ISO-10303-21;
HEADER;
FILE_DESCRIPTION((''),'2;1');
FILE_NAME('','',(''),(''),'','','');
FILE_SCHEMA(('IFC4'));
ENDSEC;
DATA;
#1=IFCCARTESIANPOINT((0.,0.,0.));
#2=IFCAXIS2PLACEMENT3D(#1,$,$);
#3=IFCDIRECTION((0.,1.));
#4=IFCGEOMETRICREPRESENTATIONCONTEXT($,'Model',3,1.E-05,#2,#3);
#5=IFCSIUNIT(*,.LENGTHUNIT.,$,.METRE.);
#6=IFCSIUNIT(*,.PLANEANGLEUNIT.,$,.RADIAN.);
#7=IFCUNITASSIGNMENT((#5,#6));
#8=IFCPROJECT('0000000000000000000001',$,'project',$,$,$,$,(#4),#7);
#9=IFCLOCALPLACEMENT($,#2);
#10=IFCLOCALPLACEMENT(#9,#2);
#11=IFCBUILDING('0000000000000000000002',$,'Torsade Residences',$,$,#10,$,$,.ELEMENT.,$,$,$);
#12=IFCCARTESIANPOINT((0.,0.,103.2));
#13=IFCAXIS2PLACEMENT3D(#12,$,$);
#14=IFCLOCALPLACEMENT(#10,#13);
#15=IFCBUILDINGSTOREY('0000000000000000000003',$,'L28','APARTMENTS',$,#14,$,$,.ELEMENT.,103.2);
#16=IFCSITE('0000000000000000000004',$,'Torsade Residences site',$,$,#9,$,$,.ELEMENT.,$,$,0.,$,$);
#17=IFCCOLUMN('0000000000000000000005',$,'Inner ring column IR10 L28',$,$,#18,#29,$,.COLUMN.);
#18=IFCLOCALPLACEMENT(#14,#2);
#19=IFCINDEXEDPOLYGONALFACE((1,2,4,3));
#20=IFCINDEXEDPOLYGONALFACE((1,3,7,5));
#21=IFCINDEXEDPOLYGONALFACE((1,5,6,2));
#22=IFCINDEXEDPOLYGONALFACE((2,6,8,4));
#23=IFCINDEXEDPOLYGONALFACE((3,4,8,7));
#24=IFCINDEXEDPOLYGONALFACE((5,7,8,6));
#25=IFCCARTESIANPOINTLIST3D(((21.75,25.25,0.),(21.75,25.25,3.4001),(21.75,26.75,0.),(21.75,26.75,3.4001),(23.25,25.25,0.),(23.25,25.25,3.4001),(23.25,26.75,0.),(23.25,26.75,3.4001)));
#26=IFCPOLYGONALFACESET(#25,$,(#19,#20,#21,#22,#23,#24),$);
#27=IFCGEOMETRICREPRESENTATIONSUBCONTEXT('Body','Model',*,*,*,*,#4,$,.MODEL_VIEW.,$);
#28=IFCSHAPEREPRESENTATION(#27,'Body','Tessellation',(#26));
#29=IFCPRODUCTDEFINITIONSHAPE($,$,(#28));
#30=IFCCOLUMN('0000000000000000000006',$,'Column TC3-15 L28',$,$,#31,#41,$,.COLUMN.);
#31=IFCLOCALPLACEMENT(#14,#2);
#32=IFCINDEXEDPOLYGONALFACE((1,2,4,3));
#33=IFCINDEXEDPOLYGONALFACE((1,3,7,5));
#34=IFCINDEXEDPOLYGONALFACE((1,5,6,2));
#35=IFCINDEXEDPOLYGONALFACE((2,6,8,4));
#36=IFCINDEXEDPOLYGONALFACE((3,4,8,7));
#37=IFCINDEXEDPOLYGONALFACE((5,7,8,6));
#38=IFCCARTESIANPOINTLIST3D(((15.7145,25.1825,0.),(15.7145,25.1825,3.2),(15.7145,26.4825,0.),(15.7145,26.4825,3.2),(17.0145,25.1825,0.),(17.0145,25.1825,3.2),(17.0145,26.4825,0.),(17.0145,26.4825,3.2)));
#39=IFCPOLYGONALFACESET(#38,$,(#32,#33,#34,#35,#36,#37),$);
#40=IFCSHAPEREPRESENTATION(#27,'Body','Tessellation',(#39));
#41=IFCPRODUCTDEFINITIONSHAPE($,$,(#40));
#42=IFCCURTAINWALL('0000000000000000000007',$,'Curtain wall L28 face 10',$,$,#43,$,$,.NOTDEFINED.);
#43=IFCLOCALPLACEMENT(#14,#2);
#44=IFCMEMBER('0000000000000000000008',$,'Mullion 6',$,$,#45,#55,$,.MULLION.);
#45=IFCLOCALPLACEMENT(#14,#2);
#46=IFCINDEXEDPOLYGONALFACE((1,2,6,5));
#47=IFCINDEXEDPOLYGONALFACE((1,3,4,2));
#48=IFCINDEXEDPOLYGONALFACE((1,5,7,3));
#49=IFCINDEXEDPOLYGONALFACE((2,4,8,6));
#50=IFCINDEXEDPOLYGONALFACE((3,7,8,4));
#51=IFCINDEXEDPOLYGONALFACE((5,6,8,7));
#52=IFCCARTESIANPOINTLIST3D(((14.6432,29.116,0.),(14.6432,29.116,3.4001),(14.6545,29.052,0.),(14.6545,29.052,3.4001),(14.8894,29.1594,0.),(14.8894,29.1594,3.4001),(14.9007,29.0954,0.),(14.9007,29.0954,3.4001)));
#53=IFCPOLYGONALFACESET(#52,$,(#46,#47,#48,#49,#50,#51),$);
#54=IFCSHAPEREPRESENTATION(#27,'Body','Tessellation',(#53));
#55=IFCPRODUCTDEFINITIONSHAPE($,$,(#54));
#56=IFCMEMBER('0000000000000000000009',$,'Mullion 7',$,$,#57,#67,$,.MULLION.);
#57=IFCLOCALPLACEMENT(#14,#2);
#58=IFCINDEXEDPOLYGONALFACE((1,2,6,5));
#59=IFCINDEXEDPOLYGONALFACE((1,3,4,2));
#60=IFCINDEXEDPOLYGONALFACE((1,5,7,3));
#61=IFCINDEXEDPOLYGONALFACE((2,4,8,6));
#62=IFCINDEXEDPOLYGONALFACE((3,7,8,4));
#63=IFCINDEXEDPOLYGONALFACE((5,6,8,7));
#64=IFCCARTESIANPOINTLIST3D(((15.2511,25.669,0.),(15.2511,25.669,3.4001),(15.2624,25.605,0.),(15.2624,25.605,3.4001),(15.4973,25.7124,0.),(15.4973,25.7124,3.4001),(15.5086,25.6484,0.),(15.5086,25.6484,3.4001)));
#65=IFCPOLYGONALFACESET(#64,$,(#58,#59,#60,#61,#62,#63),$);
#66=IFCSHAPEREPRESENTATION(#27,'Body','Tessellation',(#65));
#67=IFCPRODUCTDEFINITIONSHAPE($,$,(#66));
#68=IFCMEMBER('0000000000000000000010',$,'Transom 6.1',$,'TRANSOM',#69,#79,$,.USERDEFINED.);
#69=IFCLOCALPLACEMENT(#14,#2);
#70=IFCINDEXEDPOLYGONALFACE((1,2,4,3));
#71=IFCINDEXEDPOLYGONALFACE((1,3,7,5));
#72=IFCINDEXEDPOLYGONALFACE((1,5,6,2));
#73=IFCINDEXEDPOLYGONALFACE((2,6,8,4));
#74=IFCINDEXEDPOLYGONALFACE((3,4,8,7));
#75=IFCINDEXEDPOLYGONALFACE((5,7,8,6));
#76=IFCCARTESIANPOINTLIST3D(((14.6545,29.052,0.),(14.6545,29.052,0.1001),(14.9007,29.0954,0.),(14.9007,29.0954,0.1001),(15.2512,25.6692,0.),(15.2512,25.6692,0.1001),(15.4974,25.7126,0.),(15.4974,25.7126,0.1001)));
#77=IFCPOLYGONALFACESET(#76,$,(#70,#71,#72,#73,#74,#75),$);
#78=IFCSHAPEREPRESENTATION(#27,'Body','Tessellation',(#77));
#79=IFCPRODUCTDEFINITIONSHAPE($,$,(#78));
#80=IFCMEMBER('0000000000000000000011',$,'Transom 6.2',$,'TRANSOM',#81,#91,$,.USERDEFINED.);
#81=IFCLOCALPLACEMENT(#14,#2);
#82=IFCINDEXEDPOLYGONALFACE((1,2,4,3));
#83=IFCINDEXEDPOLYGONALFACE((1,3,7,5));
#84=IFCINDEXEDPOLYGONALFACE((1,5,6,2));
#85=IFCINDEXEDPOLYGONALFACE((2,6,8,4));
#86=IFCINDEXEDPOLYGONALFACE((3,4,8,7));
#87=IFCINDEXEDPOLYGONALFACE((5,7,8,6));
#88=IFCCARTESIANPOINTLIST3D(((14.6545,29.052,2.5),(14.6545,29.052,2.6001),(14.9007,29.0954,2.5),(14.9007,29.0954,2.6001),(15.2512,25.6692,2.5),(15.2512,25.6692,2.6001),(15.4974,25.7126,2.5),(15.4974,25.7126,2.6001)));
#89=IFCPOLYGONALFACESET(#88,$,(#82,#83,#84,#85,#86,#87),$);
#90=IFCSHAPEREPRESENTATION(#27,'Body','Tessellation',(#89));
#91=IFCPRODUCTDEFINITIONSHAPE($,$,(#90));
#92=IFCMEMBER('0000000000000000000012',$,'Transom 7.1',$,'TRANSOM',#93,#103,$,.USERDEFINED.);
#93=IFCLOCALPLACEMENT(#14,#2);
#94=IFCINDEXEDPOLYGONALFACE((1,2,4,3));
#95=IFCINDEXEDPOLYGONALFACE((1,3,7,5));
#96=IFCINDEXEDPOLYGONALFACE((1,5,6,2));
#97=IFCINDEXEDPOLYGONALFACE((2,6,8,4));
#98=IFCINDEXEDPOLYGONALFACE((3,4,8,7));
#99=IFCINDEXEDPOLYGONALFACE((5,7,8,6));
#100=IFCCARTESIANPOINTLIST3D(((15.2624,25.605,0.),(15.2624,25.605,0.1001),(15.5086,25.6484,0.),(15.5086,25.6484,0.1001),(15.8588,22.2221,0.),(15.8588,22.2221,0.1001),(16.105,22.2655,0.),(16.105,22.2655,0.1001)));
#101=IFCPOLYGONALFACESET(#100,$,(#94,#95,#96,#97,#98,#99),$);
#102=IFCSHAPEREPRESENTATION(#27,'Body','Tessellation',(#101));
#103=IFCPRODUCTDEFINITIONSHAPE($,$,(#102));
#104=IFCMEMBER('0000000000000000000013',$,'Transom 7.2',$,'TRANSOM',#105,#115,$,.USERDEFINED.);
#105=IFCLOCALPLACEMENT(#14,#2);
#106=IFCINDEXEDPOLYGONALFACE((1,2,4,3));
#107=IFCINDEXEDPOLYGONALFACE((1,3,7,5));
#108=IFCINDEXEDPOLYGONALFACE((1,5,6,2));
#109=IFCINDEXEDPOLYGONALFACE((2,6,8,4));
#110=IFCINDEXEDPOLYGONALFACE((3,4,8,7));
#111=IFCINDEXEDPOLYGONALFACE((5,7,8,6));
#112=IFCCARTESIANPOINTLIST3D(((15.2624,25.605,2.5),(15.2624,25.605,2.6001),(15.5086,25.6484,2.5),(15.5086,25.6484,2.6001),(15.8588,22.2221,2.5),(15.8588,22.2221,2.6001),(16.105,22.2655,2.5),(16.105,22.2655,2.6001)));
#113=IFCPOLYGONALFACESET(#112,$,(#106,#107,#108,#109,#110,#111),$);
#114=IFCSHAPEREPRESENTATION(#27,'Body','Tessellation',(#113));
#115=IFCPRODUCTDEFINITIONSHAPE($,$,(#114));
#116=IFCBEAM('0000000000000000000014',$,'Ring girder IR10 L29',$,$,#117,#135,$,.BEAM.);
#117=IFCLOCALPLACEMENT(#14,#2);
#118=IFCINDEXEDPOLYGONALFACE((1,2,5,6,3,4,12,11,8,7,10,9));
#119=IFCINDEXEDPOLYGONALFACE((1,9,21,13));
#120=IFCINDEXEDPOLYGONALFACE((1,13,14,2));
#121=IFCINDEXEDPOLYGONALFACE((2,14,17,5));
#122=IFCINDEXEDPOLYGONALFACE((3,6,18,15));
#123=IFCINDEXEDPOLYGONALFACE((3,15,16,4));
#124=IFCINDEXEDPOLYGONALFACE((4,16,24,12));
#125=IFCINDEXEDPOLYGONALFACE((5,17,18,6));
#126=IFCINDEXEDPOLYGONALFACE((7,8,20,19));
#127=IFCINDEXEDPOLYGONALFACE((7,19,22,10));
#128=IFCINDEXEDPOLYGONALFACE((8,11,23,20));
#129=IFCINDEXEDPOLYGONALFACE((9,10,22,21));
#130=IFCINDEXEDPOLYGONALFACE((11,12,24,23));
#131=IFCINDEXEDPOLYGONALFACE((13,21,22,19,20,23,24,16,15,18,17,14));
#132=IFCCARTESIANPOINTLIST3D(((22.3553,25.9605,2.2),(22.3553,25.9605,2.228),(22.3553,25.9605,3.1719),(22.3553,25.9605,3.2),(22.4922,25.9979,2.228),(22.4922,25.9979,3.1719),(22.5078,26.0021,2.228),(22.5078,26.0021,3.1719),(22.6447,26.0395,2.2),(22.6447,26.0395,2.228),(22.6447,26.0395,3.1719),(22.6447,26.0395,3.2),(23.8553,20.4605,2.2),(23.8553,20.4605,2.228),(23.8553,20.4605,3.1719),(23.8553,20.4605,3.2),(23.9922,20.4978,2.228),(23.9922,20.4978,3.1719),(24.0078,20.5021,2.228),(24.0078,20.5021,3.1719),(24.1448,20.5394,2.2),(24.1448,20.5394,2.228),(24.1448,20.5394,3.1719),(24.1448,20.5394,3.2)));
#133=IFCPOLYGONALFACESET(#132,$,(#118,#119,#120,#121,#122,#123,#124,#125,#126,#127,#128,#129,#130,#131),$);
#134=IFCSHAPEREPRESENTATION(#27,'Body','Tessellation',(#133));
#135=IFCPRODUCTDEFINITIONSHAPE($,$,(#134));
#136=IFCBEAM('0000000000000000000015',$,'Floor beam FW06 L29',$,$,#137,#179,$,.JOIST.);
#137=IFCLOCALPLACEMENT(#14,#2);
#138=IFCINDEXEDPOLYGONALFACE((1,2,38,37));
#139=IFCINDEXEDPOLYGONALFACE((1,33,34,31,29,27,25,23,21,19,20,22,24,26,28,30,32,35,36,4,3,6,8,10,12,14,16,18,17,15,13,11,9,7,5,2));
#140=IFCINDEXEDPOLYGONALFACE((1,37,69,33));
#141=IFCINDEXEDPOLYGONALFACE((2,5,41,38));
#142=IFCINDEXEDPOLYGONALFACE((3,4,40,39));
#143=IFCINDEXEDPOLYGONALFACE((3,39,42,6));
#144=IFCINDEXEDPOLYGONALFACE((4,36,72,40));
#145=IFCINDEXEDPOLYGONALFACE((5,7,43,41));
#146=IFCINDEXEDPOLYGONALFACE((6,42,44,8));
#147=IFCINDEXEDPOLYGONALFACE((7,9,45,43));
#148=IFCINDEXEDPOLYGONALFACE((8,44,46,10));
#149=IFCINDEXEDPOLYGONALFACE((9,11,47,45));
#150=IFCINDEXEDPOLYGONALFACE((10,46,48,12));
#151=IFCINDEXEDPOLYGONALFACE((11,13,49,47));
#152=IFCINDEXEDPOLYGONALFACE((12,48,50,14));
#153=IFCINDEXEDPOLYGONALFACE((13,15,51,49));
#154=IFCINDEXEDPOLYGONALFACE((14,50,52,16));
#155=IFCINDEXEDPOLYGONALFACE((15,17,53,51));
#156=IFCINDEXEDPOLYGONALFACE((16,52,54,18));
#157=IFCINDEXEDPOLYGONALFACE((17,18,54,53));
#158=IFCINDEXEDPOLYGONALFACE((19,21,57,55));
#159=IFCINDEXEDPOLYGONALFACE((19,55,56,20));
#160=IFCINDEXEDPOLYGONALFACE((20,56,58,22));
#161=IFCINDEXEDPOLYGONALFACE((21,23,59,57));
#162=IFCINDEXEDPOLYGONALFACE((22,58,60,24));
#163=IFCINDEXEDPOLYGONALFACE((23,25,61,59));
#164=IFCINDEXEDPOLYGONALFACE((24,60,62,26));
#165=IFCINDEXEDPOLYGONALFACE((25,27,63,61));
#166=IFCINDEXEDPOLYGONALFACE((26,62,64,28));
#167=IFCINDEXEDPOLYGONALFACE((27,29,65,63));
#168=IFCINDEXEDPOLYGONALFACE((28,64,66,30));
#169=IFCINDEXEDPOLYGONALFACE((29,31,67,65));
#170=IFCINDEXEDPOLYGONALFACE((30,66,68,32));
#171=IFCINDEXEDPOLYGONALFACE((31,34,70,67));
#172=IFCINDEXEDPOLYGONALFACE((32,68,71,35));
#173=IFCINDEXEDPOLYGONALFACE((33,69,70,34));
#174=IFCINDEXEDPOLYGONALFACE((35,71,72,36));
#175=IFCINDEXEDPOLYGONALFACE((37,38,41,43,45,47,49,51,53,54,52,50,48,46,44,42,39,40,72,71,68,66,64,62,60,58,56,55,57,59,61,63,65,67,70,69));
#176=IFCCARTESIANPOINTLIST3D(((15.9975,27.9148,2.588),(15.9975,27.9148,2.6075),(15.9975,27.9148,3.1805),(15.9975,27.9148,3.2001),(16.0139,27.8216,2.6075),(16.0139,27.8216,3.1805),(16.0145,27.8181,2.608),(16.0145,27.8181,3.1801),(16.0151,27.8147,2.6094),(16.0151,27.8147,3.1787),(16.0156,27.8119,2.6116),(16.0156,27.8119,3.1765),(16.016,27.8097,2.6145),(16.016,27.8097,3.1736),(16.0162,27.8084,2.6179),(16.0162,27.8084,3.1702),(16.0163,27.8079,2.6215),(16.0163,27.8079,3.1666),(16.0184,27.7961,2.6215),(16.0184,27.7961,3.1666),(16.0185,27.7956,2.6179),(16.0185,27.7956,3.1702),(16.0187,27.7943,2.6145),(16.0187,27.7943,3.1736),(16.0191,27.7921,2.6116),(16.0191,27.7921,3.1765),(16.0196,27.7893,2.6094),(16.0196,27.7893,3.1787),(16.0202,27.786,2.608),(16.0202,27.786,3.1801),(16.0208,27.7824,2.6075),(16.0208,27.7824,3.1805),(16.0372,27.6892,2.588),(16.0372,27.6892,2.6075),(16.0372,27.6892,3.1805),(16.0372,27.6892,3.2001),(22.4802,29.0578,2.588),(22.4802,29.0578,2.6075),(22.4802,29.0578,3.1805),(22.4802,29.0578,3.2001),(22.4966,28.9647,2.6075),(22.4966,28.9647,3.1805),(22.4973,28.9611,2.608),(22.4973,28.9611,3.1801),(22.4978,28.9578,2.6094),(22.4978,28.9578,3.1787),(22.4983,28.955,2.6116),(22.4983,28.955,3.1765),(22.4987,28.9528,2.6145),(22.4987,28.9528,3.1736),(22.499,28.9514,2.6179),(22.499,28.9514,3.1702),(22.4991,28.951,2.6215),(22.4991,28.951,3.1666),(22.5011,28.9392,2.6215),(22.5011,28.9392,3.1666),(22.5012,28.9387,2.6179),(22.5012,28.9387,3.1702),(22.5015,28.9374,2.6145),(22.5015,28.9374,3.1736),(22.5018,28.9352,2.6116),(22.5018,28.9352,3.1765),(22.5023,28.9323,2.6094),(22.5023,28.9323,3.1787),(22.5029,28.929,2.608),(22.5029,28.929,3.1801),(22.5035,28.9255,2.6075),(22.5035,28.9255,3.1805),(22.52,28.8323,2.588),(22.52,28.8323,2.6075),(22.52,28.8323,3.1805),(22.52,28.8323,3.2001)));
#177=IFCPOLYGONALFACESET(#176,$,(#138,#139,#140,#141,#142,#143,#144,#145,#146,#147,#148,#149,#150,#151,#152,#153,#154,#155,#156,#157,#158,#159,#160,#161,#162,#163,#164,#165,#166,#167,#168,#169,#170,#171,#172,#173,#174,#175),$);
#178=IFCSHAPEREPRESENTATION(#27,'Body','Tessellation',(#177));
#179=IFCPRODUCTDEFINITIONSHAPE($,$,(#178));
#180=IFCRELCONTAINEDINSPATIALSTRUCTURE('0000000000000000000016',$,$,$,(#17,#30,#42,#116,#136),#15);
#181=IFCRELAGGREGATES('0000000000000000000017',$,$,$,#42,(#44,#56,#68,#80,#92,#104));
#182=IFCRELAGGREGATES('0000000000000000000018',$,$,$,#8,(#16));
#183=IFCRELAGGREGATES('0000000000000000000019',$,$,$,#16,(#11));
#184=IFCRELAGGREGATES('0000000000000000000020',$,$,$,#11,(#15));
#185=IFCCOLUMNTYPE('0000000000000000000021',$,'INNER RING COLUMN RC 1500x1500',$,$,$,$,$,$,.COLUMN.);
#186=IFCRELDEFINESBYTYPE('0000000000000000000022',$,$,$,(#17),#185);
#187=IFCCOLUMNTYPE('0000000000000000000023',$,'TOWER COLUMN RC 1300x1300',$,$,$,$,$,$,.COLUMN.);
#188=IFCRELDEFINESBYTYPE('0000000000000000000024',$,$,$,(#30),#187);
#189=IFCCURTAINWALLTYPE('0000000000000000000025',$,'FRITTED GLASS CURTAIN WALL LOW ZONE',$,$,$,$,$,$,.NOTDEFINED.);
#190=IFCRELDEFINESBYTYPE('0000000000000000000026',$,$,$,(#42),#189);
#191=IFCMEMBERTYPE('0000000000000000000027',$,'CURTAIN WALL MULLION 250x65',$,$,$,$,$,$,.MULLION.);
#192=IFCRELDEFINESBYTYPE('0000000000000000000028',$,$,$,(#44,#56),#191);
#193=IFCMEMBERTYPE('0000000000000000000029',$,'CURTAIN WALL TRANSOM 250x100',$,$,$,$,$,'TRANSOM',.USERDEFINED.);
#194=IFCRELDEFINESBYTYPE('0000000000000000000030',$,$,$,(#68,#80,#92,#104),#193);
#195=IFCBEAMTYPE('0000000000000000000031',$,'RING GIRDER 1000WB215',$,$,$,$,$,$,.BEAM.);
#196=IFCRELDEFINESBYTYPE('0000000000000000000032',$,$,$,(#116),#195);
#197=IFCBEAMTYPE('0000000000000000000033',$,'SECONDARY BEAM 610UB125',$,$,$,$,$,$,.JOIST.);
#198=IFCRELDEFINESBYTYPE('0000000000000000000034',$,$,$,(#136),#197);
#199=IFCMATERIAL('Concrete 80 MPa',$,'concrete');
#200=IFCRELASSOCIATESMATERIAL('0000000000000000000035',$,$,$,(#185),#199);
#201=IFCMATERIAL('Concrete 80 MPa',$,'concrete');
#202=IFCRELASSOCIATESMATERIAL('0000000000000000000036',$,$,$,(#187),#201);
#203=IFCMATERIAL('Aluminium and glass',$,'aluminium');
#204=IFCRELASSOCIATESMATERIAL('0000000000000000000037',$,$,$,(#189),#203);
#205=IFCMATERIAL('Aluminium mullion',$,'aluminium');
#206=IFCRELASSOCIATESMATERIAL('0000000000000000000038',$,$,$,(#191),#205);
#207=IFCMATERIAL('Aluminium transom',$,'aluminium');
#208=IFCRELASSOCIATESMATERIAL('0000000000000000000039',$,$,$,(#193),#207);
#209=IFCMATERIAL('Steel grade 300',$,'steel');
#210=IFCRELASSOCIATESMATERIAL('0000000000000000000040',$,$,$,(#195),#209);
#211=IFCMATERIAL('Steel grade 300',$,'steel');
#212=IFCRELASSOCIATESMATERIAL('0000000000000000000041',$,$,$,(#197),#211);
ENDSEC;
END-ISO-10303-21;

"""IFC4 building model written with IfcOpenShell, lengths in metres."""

from ifc_helpers import new_model, si_unit, direction, frame, origin, origin_2d, place, context, subcontext, project, spatial, rectangle, i_section, extrude, material, material_profile, profile_set, type_object, element, aggregate, save


model = new_model("IFC4")

# Units and contexts
model_context = context("Model", 3, precision=1e-05, world=origin(), true_north=direction((0.0, 1.0)))
body_context = subcontext(model_context, "Body", "Model", "MODEL_VIEW")
ifc_project = project(units=[si_unit("LENGTHUNIT", "METRE"), si_unit("PLANEANGLEUNIT", "RADIAN")], contexts=[model_context])

# Site, building, storey
site_placement = place(None, origin())
site = spatial("IfcSite", under=ifc_project, at=site_placement, Name="Torsade Residences site", CompositionType="ELEMENT", RefElevation=0.0)
building_placement = place(site_placement, origin())
building = spatial("IfcBuilding", under=site, at=building_placement, Name="Torsade Residences", CompositionType="ELEMENT")
storey_placement = place(building_placement, frame((0.0, 0.0, 103.2)))
storey = spatial("IfcBuildingStorey", under=building, at=storey_placement, Name="L28", Description="APARTMENTS", CompositionType="ELEMENT", Elevation=103.2)

# Columns
ifc_material_1 = material(Name="Concrete 80 MPa", Category="concrete")
ifc_material_profile_1 = material_profile(ifc_material_1, rectangle(XDim=1.5, YDim=1.5, at=origin_2d()), Name="RC 1500x1500")
ifc_profile_set_1 = profile_set([ifc_material_profile_1], Name="Concrete 80 MPa")
column_type_1 = type_object("IfcColumnType", Name="INNER RING COLUMN RC 1500x1500", PredefinedType="COLUMN", material=ifc_profile_set_1)
column_1_placement = place(storey_placement, frame((22.5, 26.0, 0.0), z_axis=(0.0, 0.0, 1.0), x_axis=(1.0, 0.0, 0.0)))
element("IfcColumn", 1, at=column_1_placement, inside=storey, type_object=column_type_1, Name="Inner ring column IR10 L28", PredefinedType="COLUMN", context=body_context, shape_type="SweptSolid", body=[
    extrude(rectangle(XDim=1.5, YDim=1.5, at=origin_2d()), origin(), (0.0, 0.0, 1.0), 3.4001),
])
ifc_material_2 = material(Name="Concrete 80 MPa", Category="concrete")
ifc_material_profile_2 = material_profile(ifc_material_2, rectangle(XDim=1.3, YDim=1.3, at=origin_2d()), Name="RC 1300x1300")
ifc_profile_set_2 = profile_set([ifc_material_profile_2], Name="Concrete 80 MPa")
column_type_2 = type_object("IfcColumnType", Name="TOWER COLUMN RC 1300x1300", PredefinedType="COLUMN", material=ifc_profile_set_2)
column_2_placement = place(storey_placement, frame((16.3645, 25.8325, 0.0), z_axis=(0.0, 0.0, 1.0), x_axis=(1.0, 0.0, 0.0)))
element("IfcColumn", 2, at=column_2_placement, inside=storey, type_object=column_type_2, Name="Column TC3-15 L28", PredefinedType="COLUMN", context=body_context, shape_type="SweptSolid", body=[
    extrude(rectangle(XDim=1.3, YDim=1.3, at=origin_2d()), origin(), (0.0, 0.0, 1.0), 3.2),
])

# Curtain wall, members
ifc_material_3 = material(Name="Aluminium and glass", Category="aluminium")
curtain_wall_type = type_object("IfcCurtainWallType", Name="FRITTED GLASS CURTAIN WALL LOW ZONE", PredefinedType="NOTDEFINED", material=ifc_material_3)
curtain_wall_placement = place(storey_placement, origin())
curtain_wall = element("IfcCurtainWall", 3, at=curtain_wall_placement, inside=storey, type_object=curtain_wall_type, Name="Curtain wall L28 face 10", PredefinedType="NOTDEFINED")
ifc_material_4 = material(Name="Aluminium mullion", Category="aluminium")
ifc_material_profile_3 = material_profile(ifc_material_4, rectangle(XDim=0.25, YDim=0.0649, at=origin_2d()), Name="CURTAIN WALL MULLION 250x65")
ifc_profile_set_3 = profile_set([ifc_material_profile_3], Name="Aluminium mullion")
member_type_1 = type_object("IfcMemberType", Name="CURTAIN WALL MULLION 250x65", PredefinedType="MULLION", material=ifc_profile_set_3)
member_1_placement = place(storey_placement, frame((14.772, 29.1057, 0.0), z_axis=(0.0, 0.0, 1.0), x_axis=(0.984808, 0.173648, 0.0)))
member_1 = element("IfcMember", 4, at=member_1_placement, type_object=member_type_1, Name="Mullion 6", PredefinedType="MULLION", context=body_context, shape_type="SweptSolid", body=[
    extrude(rectangle(XDim=0.25, YDim=0.0649, at=origin_2d()), origin(), (0.0, 0.0, 1.0), 3.4001),
])
member_2_placement = place(storey_placement, frame((15.3799, 25.6587, 0.0), z_axis=(0.0, 0.0, 1.0), x_axis=(0.984808, 0.173648, 0.0)))
member_2 = element("IfcMember", 5, at=member_2_placement, type_object=member_type_1, Name="Mullion 7", PredefinedType="MULLION", context=body_context, shape_type="SweptSolid", body=[
    extrude(rectangle(XDim=0.25, YDim=0.0649, at=origin_2d()), origin(), (0.0, 0.0, 1.0), 3.4001),
])
ifc_material_5 = material(Name="Aluminium transom", Category="aluminium")
ifc_material_profile_4 = material_profile(ifc_material_5, rectangle(XDim=0.25, YDim=0.1001, at=origin_2d()), Name="CURTAIN WALL TRANSOM 250x100")
ifc_profile_set_4 = profile_set([ifc_material_profile_4], Name="Aluminium transom")
member_type_2 = type_object("IfcMemberType", Name="CURTAIN WALL TRANSOM 250x100", ElementType="TRANSOM", PredefinedType="USERDEFINED", material=ifc_profile_set_4)
member_3_placement = place(storey_placement, frame((14.7776, 29.0737, 0.05), z_axis=(0.173704, -0.984798, 0.0), x_axis=(0.984798, 0.173704, 0.0)))
member_3 = element("IfcMember", 6, at=member_3_placement, type_object=member_type_2, Name="Transom 6.1", ObjectType="TRANSOM", PredefinedType="USERDEFINED", context=body_context, shape_type="SweptSolid", body=[
    extrude(rectangle(XDim=0.25, YDim=0.1001, at=origin_2d()), origin(), (0.0, 0.0, 1.0), 3.4351),
])
member_4_placement = place(storey_placement, frame((14.7776, 29.0737, 2.55), z_axis=(0.173704, -0.984798, 0.0), x_axis=(0.984798, 0.173704, 0.0)))
member_4 = element("IfcMember", 7, at=member_4_placement, type_object=member_type_2, Name="Transom 6.2", ObjectType="TRANSOM", PredefinedType="USERDEFINED", context=body_context, shape_type="SweptSolid", body=[
    extrude(rectangle(XDim=0.25, YDim=0.1001, at=origin_2d()), origin(), (0.0, 0.0, 1.0), 3.4351),
])
member_5_placement = place(storey_placement, frame((15.3855, 25.6267, 0.05), z_axis=(0.173635, -0.98481, 0.0), x_axis=(0.98481, 0.173635, 0.0)))
member_5 = element("IfcMember", 8, at=member_5_placement, type_object=member_type_2, Name="Transom 7.1", ObjectType="TRANSOM", PredefinedType="USERDEFINED", context=body_context, shape_type="SweptSolid", body=[
    extrude(rectangle(XDim=0.25, YDim=0.1001, at=origin_2d()), origin(), (0.0, 0.0, 1.0), 3.4351),
])
member_6_placement = place(storey_placement, frame((15.3855, 25.6267, 2.55), z_axis=(0.173635, -0.98481, 0.0), x_axis=(0.98481, 0.173635, 0.0)))
member_6 = element("IfcMember", 9, at=member_6_placement, type_object=member_type_2, Name="Transom 7.2", ObjectType="TRANSOM", PredefinedType="USERDEFINED", context=body_context, shape_type="SweptSolid", body=[
    extrude(rectangle(XDim=0.25, YDim=0.1001, at=origin_2d()), origin(), (0.0, 0.0, 1.0), 3.4351),
])

# Beams
ifc_material_6 = material(Name="Steel grade 300", Category="steel")
ifc_material_profile_5 = material_profile(ifc_material_6, i_section(OverallWidth=0.3, OverallDepth=1.0, WebThickness=0.0161, FlangeThickness=0.0281, at=origin_2d()), Name="1000WB215")
ifc_profile_set_5 = profile_set([ifc_material_profile_5], Name="Steel grade 300")
beam_type_1 = type_object("IfcBeamType", Name="RING GIRDER 1000WB215", PredefinedType="BEAM", material=ifc_profile_set_5)
beam_1_placement = place(storey_placement, frame((22.5, 26.0, 2.7), z_axis=(0.263117, -0.964764, 0.0), x_axis=(0.964764, 0.263117, 0.0)))
element("IfcBeam", 10, at=beam_1_placement, inside=storey, type_object=beam_type_1, Name="Ring girder IR10 L29", PredefinedType="BEAM", context=body_context, shape_type="SweptSolid", body=[
    extrude(i_section(OverallWidth=0.3, OverallDepth=1.0, WebThickness=0.0161, FlangeThickness=0.0281, at=origin_2d()), origin(), (0.0, 0.0, 1.0), 5.7009),
])
ifc_material_7 = material(Name="Steel grade 300", Category="steel")
ifc_material_profile_6 = material_profile(ifc_material_7, i_section(OverallWidth=0.229, OverallDepth=0.6121, WebThickness=0.012, FlangeThickness=0.0195, FilletRadius=0.0139, at=origin_2d()), Name="610UB125")
ifc_profile_set_6 = profile_set([ifc_material_profile_6], Name="Steel grade 300")
beam_type_2 = type_object("IfcBeamType", Name="SECONDARY BEAM 610UB125", PredefinedType="JOIST", material=ifc_profile_set_6)
beam_2_placement = place(storey_placement, frame((16.0173, 27.802, 2.894), z_axis=(0.984808, 0.173648, 0.0), x_axis=(-0.173648, 0.984808, 0.0)))
element("IfcBeam", 11, at=beam_2_placement, inside=storey, type_object=beam_type_2, Name="Floor beam FW06 L29", PredefinedType="JOIST", context=body_context, shape_type="SweptSolid", body=[
    extrude(i_section(OverallWidth=0.229, OverallDepth=0.6121, WebThickness=0.012, FlangeThickness=0.0195, FilletRadius=0.0139, at=origin_2d()), origin(), (0.0, 0.0, 1.0), 6.5828),
])

aggregate(curtain_wall, [member_1, member_2, member_3, member_4, member_5, member_6])

save(model, "model.ifc")
